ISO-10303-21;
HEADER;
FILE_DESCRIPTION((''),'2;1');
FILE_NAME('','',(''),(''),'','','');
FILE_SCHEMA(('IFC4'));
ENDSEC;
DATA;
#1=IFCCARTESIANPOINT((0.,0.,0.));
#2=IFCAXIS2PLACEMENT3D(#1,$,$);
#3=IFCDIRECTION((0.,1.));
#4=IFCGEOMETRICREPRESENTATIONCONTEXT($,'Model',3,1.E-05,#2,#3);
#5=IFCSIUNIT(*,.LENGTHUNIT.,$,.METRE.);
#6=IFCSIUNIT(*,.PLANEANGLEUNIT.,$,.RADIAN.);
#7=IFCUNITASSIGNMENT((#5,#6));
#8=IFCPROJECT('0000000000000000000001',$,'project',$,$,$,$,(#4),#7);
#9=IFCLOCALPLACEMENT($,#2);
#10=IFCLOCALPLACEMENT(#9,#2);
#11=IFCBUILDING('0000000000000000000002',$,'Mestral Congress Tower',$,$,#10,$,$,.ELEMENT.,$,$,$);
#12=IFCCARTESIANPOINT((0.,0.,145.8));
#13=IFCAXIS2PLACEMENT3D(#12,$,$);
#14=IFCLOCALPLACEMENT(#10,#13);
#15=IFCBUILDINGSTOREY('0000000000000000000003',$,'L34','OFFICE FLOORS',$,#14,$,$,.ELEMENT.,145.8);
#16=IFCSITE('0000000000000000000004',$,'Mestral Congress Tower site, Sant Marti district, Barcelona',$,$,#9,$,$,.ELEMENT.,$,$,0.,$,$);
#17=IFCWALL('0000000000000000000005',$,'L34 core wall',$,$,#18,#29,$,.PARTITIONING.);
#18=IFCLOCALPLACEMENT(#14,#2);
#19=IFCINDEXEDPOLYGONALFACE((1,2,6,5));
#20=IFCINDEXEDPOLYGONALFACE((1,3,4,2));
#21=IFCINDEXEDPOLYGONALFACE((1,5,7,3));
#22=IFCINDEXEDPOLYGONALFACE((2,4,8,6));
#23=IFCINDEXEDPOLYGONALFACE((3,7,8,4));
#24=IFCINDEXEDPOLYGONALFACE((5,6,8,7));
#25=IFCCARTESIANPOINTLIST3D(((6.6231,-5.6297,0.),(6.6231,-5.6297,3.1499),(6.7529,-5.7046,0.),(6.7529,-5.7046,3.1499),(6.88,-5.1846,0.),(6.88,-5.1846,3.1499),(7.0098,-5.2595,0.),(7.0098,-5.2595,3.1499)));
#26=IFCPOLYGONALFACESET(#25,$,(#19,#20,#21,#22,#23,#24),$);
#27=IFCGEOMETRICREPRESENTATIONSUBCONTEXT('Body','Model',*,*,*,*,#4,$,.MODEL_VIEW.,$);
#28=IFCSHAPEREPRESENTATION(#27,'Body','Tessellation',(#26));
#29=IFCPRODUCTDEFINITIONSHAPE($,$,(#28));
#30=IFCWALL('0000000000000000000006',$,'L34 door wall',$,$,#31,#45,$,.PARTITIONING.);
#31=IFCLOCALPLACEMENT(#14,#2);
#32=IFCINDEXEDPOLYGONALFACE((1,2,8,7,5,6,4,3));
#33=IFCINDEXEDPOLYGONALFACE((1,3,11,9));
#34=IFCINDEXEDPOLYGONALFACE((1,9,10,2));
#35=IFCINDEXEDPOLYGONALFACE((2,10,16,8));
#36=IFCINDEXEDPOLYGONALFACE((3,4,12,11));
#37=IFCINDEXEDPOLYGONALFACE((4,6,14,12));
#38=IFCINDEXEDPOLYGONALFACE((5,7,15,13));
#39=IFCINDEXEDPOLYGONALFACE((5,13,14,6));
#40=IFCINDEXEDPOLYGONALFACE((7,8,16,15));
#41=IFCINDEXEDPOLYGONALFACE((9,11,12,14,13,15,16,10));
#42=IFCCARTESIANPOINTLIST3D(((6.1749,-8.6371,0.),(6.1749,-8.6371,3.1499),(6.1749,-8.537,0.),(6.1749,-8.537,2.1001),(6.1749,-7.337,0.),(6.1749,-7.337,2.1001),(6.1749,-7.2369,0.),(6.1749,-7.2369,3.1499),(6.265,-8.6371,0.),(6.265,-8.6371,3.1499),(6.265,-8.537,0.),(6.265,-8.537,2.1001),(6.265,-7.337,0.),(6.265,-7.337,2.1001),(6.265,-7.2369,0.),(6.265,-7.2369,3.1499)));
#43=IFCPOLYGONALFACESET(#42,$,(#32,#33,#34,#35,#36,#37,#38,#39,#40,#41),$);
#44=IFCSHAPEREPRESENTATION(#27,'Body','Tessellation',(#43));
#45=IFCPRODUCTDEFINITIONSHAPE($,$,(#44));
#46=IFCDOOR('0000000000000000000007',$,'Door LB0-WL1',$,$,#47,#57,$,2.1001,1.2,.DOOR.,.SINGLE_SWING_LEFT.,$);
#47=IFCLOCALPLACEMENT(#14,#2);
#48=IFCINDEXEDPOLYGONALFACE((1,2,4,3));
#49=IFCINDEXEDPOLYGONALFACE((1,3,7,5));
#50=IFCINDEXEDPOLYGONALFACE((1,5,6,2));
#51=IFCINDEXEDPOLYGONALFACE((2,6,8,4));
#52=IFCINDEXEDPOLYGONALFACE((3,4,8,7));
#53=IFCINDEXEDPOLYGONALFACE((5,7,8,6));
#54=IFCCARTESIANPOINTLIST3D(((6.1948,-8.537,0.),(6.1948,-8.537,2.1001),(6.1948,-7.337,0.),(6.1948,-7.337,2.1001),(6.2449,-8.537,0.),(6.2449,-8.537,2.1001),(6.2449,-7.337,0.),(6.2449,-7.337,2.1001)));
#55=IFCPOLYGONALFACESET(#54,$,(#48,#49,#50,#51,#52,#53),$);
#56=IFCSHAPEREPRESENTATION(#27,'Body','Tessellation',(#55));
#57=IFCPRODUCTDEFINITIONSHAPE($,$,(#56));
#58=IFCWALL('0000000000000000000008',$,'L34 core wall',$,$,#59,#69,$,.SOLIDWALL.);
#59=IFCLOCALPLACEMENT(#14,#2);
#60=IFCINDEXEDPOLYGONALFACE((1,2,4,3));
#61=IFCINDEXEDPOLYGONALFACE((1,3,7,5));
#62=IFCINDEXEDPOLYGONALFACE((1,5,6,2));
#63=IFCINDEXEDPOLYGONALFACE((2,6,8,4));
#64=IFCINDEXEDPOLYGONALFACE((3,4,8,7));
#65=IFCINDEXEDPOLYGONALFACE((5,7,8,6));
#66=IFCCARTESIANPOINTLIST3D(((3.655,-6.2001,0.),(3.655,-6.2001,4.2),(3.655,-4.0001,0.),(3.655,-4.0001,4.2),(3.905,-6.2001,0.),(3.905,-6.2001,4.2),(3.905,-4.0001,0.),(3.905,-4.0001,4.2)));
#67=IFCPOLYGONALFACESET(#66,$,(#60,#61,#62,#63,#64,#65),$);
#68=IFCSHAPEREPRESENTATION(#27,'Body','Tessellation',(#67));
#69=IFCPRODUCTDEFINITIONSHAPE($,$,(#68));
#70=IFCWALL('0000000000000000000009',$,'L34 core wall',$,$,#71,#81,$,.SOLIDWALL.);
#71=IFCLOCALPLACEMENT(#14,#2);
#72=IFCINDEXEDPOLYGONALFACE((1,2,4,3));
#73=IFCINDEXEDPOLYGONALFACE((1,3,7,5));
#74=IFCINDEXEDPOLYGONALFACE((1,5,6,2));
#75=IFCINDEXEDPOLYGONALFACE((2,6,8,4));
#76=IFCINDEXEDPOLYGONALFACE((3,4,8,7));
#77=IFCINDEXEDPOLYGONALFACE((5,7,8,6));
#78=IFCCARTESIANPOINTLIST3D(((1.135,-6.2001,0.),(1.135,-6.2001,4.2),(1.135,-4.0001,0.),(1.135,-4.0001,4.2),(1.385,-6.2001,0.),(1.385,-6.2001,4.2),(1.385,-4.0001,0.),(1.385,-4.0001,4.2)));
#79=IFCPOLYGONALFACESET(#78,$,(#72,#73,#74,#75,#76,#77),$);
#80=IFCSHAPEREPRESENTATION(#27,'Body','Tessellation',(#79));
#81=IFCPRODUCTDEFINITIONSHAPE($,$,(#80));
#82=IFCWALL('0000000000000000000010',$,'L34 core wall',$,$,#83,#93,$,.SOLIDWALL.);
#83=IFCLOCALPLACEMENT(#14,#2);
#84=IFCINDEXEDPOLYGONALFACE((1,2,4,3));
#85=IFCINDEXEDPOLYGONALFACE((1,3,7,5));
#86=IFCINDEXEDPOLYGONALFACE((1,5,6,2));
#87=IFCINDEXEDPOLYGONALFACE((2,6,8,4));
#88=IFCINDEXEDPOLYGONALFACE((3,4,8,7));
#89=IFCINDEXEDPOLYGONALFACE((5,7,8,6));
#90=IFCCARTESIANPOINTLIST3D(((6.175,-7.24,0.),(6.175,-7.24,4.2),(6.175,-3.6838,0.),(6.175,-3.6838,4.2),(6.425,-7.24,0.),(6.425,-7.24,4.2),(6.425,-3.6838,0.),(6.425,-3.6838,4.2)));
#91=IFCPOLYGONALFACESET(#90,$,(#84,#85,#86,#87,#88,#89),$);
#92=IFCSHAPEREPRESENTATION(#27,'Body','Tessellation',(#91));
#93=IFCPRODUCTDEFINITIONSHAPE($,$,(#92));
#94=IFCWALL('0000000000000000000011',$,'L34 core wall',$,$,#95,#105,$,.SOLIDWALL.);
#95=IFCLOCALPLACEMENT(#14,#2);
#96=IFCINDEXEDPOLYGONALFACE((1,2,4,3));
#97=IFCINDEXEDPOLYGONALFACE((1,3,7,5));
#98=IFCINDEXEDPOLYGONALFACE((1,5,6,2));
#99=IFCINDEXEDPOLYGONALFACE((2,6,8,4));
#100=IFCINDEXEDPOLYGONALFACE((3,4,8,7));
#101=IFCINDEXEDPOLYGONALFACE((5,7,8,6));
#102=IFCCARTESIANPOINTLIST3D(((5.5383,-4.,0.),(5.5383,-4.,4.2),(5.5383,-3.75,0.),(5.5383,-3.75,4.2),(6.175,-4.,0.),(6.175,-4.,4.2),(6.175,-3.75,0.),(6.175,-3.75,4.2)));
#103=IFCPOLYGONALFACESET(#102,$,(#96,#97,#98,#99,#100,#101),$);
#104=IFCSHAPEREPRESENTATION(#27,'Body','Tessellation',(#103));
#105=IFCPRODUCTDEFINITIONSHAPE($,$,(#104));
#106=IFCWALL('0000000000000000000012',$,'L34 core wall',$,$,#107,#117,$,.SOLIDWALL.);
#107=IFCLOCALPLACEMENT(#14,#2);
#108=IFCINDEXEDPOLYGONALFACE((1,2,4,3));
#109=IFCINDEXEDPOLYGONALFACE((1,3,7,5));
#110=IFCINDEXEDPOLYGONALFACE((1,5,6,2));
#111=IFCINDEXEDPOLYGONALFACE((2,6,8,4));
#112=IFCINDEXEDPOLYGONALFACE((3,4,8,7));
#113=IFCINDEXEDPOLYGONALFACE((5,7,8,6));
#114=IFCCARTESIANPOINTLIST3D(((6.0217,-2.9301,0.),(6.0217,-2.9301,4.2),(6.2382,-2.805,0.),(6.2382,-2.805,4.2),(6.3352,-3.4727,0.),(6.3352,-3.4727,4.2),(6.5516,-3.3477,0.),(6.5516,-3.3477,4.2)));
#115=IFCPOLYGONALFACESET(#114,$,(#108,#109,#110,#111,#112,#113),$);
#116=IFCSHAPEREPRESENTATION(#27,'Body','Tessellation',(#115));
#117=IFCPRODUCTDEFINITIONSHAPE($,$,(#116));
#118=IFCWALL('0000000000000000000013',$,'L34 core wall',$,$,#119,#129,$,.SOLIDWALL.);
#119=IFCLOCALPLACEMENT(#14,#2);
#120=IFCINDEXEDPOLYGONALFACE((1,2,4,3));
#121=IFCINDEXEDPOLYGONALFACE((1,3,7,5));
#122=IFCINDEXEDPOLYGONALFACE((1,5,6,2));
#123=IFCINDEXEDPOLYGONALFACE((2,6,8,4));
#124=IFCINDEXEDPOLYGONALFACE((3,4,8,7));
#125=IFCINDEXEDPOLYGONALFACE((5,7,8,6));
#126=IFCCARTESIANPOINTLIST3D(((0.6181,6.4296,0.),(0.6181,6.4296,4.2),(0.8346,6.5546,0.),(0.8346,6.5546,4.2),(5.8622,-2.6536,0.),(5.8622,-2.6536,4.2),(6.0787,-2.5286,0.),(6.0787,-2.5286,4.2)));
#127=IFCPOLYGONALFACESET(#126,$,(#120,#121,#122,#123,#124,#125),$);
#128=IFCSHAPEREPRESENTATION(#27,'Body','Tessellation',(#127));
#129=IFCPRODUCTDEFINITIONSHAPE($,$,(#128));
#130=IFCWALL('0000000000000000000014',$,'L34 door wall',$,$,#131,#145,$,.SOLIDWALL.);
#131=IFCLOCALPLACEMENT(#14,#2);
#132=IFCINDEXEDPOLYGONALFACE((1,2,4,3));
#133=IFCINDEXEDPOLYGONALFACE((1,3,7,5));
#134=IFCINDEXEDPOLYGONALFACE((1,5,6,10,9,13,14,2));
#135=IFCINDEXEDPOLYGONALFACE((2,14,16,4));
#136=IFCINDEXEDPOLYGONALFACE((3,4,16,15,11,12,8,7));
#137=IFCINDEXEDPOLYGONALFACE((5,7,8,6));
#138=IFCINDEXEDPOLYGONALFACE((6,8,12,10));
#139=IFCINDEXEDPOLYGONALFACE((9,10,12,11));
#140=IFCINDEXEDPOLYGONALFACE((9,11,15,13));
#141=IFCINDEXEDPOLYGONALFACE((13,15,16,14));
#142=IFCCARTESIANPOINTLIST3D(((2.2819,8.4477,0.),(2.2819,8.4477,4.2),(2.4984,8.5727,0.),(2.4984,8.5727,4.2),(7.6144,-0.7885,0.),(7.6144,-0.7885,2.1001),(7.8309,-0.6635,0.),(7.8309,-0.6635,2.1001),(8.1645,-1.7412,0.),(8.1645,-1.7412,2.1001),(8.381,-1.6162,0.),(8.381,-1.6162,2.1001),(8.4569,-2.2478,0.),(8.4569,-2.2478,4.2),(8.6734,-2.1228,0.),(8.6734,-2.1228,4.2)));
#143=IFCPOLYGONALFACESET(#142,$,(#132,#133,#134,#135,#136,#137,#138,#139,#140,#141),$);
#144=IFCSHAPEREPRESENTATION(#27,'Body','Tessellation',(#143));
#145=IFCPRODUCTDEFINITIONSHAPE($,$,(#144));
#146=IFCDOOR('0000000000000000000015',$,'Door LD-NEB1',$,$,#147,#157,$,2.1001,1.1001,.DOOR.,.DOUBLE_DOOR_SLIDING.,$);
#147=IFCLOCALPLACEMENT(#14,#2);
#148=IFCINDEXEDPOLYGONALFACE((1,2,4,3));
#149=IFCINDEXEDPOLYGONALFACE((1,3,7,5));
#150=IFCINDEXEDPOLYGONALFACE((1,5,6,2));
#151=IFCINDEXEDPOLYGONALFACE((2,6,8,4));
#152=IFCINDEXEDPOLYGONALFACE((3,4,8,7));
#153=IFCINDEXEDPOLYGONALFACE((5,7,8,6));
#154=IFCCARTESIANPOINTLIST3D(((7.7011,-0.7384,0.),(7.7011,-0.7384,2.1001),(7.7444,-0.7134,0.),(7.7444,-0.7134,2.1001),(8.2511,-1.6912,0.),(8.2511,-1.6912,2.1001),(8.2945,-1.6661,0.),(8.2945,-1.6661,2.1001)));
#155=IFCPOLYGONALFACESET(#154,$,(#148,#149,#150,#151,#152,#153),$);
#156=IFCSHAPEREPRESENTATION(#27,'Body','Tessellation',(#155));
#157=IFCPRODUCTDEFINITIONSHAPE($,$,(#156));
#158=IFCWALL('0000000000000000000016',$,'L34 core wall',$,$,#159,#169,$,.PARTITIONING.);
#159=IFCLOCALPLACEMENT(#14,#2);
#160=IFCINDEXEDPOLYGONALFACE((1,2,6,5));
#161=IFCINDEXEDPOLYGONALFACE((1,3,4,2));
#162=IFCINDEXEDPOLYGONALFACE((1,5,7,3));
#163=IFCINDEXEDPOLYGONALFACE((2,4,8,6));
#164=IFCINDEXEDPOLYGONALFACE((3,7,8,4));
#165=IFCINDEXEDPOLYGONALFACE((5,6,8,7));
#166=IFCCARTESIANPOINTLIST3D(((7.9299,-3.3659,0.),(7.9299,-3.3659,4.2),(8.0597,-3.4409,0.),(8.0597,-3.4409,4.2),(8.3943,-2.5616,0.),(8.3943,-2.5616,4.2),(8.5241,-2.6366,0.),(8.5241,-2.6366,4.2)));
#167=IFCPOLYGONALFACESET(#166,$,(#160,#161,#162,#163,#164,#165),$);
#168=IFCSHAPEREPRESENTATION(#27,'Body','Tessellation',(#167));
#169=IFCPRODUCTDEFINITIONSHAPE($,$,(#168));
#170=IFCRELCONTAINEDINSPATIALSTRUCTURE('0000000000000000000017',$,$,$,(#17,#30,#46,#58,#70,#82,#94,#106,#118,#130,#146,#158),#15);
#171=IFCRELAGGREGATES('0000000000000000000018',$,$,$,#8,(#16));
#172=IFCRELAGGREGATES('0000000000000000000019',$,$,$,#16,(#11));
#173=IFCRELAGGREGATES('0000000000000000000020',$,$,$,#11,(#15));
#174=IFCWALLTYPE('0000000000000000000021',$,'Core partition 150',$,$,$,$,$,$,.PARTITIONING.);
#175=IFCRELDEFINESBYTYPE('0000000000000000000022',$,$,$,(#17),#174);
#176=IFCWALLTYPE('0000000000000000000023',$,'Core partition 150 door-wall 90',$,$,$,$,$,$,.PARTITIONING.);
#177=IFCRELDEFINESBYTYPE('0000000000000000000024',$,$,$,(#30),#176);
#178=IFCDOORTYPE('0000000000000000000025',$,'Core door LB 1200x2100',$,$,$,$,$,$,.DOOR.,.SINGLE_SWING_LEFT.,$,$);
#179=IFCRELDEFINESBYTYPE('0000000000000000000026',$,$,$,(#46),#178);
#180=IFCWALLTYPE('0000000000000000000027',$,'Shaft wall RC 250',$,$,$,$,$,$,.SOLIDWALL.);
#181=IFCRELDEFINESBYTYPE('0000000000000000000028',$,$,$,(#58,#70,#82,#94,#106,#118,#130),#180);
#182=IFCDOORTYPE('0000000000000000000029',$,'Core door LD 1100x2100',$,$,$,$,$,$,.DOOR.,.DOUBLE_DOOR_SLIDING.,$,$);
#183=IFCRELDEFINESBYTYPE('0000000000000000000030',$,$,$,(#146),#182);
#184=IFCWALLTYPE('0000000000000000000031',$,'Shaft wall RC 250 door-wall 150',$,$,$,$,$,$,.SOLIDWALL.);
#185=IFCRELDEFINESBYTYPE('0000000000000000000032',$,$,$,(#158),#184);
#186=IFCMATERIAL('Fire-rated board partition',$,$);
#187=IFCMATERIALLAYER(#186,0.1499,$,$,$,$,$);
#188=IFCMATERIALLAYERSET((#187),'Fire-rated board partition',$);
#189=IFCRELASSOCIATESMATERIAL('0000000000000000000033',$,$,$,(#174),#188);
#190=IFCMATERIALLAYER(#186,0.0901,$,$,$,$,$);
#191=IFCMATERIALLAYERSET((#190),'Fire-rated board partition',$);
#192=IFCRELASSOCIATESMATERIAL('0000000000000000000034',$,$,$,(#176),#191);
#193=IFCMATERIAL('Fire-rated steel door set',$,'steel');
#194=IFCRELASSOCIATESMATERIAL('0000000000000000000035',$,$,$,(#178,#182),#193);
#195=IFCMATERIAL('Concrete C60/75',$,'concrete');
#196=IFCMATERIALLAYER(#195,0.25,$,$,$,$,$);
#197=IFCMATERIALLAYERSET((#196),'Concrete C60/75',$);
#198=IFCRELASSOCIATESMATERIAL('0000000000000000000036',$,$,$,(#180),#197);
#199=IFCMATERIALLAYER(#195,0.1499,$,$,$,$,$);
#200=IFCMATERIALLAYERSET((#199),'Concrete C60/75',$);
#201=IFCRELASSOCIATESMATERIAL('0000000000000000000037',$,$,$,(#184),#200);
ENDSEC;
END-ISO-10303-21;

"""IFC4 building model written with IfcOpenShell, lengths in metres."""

from ifc_helpers import new_model, si_unit, direction, frame, frame_2d, origin, place, context, subcontext, project, spatial, rectangle, extrude, material, layer, layer_set, type_object, element, fill, save


model = new_model("IFC4")

# Units and contexts
model_context = context("Model", 3, precision=1e-05, world=origin(), true_north=direction((0.0, 1.0)))
body_context = subcontext(model_context, "Body", "Model", "MODEL_VIEW")
ifc_project = project(units=[si_unit("LENGTHUNIT", "METRE"), si_unit("PLANEANGLEUNIT", "RADIAN")], contexts=[model_context])

# Site, building, storey
site_placement = place(None, origin())
site = spatial("IfcSite", under=ifc_project, at=site_placement, Name="Mestral Congress Tower site, Sant Marti district, Barcelona", CompositionType="ELEMENT", RefElevation=0.0)
building_placement = place(site_placement, origin())
building = spatial("IfcBuilding", under=site, at=building_placement, Name="Mestral Congress Tower", CompositionType="ELEMENT")
storey_placement = place(building_placement, frame((0.0, 0.0, 145.8)))
storey = spatial("IfcBuildingStorey", under=building, at=storey_placement, Name="L34", Description="OFFICE FLOORS", CompositionType="ELEMENT", Elevation=145.8)

# Wall
ifc_material_1 = material(Name="Fire-rated board partition")
ifc_layer_1 = layer(ifc_material_1, 0.1499)
ifc_layer_set_1 = layer_set([ifc_layer_1], Name="Fire-rated board partition")
wall_type_1 = type_object("IfcWallType", Name="Core partition 150", PredefinedType="PARTITIONING", material=ifc_layer_set_1)
wall_1_placement = place(storey_placement, frame((6.9448, -5.2222, 0.0), z_axis=(0.0, 0.0, 1.0), x_axis=(-0.499818, -0.86613, 0.0)))
element("IfcWall", 1, at=wall_1_placement, inside=storey, type_object=wall_type_1, Name="L34 core wall", PredefinedType="PARTITIONING", context=body_context, shape_type="SweptSolid", body=[
    extrude(rectangle(XDim=0.5139, YDim=0.1499, at=frame_2d((0.2568, 0.0))), origin(), (0.0, 0.0, 1.0), 3.1499),
])

# Wall, opening, door
ifc_layer_2 = layer(ifc_material_1, 0.0901)
ifc_layer_set_2 = layer_set([ifc_layer_2], Name="Fire-rated board partition")
wall_type_2 = type_object("IfcWallType", Name="Core partition 150 door-wall 90", PredefinedType="PARTITIONING", material=ifc_layer_set_2)
wall_2_placement = place(storey_placement, frame((6.22, -7.2368, 0.0), z_axis=(0.0, 0.0, 1.0), x_axis=(0.0, -1.0, 0.0)))
wall_2 = element("IfcWall", 2, at=wall_2_placement, inside=storey, type_object=wall_type_2, Name="L34 door wall", PredefinedType="PARTITIONING", context=body_context, shape_type="SweptSolid", body=[
    extrude(rectangle(XDim=1.4001, YDim=0.0901, at=frame_2d((0.7002, 0.0))), origin(), (0.0, 0.0, 1.0), 3.1499),
])
opening_1_placement = place(wall_2_placement, frame((0.1001, 0.0, 0.0)))
opening_1 = element("IfcOpeningElement", 3, at=opening_1_placement, cuts=wall_2, PredefinedType="OPENING", context=body_context, shape_type="SweptSolid", body=[
    extrude(rectangle(XDim=1.2, YDim=2.1001, at=frame_2d((0.6001, 1.05))), frame((0.0, 0.0549, 0.0), z_axis=(0.0, -1.0, 0.0), x_axis=(1.0, 0.0, 0.0)), (0.0, 0.0, 1.0), 0.1101),
])
ifc_material_2 = material(Name="Fire-rated steel door set", Category="steel")
door_type_1 = type_object("IfcDoorType", Name="Core door LB 1200x2100", OperationType="SINGLE_SWING_LEFT", PredefinedType="DOOR", material=ifc_material_2)
door_1_placement = place(opening_1_placement, origin())
door_1 = element("IfcDoor", 4, at=door_1_placement, inside=storey, type_object=door_type_1, Name="Door LB0-WL1", OperationType="SINGLE_SWING_LEFT", OverallHeight=2.1001, OverallWidth=1.2, PredefinedType="DOOR", context=body_context, shape_type="SweptSolid", body=[
    extrude(rectangle(XDim=1.2, YDim=2.1001, at=frame_2d((0.6001, 1.05))), frame((0.0, 0.0249, 0.0), z_axis=(0.0, -1.0, 0.0), x_axis=(1.0, 0.0, 0.0)), (0.0, 0.0, 1.0), 0.05),
])
fill(opening_1, door_1)

# Walls
ifc_material_3 = material(Name="Concrete C60/75", Category="concrete")
ifc_layer_3 = layer(ifc_material_3, 0.25)
ifc_layer_set_3 = layer_set([ifc_layer_3], Name="Concrete C60/75")
wall_type_3 = type_object("IfcWallType", Name="Shaft wall RC 250", PredefinedType="SOLIDWALL", material=ifc_layer_set_3)
for number, where, z_axis, x_axis, name in (
    (5, (3.78, -4.0, 0.0), (0.0, 0.0, 1.0), (0.0, -1.0, 0.0), "L34 core wall"),
    (6, (1.26, -4.0, 0.0), (0.0, 0.0, 1.0), (0.0, -1.0, 0.0), "L34 core wall"),
):
    element("IfcWall", number, at=place(storey_placement, frame(where, z_axis=z_axis, x_axis=x_axis)), inside=storey, type_object=wall_type_3, Name=name, PredefinedType="SOLIDWALL", context=body_context, shape_type="SweptSolid", body=[
        extrude(rectangle(XDim=2.2, YDim=0.25, at=frame_2d((1.1001, 0.0))), origin(), (0.0, 0.0, 1.0), 4.2),
    ])
wall_3_placement = place(storey_placement, frame((6.3, -7.24, 0.0), z_axis=(0.0, 0.0, 1.0), x_axis=(0.0, 1.0, 0.0)))
element("IfcWall", 7, at=wall_3_placement, inside=storey, type_object=wall_type_3, Name="L34 core wall", PredefinedType="SOLIDWALL", context=body_context, shape_type="SweptSolid", body=[
    extrude(rectangle(XDim=3.5562, YDim=0.25, at=frame_2d((1.7781, 0.0))), origin(), (0.0, 0.0, 1.0), 4.2),
])
wall_4_placement = place(storey_placement, frame((5.5383, -3.875, 0.0), z_axis=(0.0, 0.0, 1.0), x_axis=(1.0, 0.0, 0.0)))
element("IfcWall", 8, at=wall_4_placement, inside=storey, type_object=wall_type_3, Name="L34 core wall", PredefinedType="SOLIDWALL", context=body_context, shape_type="SweptSolid", body=[
    extrude(rectangle(XDim=0.6367, YDim=0.25, at=frame_2d((0.3184, 0.0))), origin(), (0.0, 0.0, 1.0), 4.2),
])
wall_5_placement = place(storey_placement, frame((6.1299, -2.8674, 0.0), z_axis=(0.0, 0.0, 1.0), x_axis=(0.500161, -0.865933, 0.0)))
element("IfcWall", 9, at=wall_5_placement, inside=storey, type_object=wall_type_3, Name="L34 core wall", PredefinedType="SOLIDWALL", context=body_context, shape_type="SweptSolid", body=[
    extrude(rectangle(XDim=0.6267, YDim=0.25, at=frame_2d((0.3135, 0.0))), origin(), (0.0, 0.0, 1.0), 4.2),
])
wall_6_placement = place(storey_placement, frame((5.9705, -2.5911, 0.0), z_axis=(0.0, 0.0, 1.0), x_axis=(-0.499994, 0.866029, 0.0)))
element("IfcWall", 10, at=wall_6_placement, inside=storey, type_object=wall_type_3, Name="L34 core wall", PredefinedType="SOLIDWALL", context=body_context, shape_type="SweptSolid", body=[
    extrude(rectangle(XDim=10.4883, YDim=0.25, at=frame_2d((5.2441, 0.0))), origin(), (0.0, 0.0, 1.0), 4.2),
])

# Wall, opening, door
wall_7_placement = place(storey_placement, frame((8.5652, -2.1853, 0.0), z_axis=(0.0, 0.0, 1.0), x_axis=(-0.499998, 0.866027, 0.0)))
wall_7 = element("IfcWall", 11, at=wall_7_placement, inside=storey, type_object=wall_type_3, Name="L34 door wall", PredefinedType="SOLIDWALL", context=body_context, shape_type="SweptSolid", body=[
    extrude(rectangle(XDim=12.3501, YDim=0.25, at=frame_2d((6.175, 0.0))), origin(), (0.0, 0.0, 1.0), 4.2),
])
opening_2_placement = place(wall_7_placement, frame((0.585, 0.0, 0.0)))
opening_2 = element("IfcOpeningElement", 12, at=opening_2_placement, cuts=wall_7, PredefinedType="OPENING", context=body_context, shape_type="SweptSolid", body=[
    extrude(rectangle(XDim=1.1001, YDim=2.1001, at=frame_2d((0.55, 1.05))), frame((0.0, 0.135, 0.0), z_axis=(0.0, -1.0, 0.0), x_axis=(1.0, 0.0, 0.0)), (0.0, 0.0, 1.0), 0.27),
])
door_type_2 = type_object("IfcDoorType", Name="Core door LD 1100x2100", OperationType="DOUBLE_DOOR_SLIDING", PredefinedType="DOOR", material=ifc_material_2)
door_2_placement = place(opening_2_placement, origin())
door_2 = element("IfcDoor", 13, at=door_2_placement, inside=storey, type_object=door_type_2, Name="Door LD-NEB1", OperationType="DOUBLE_DOOR_SLIDING", OverallHeight=2.1001, OverallWidth=1.1001, PredefinedType="DOOR", context=body_context, shape_type="SweptSolid", body=[
    extrude(rectangle(XDim=1.1001, YDim=2.1001, at=frame_2d((0.55, 1.05))), frame((0.0, 0.0249, 0.0), z_axis=(0.0, -1.0, 0.0), x_axis=(1.0, 0.0, 0.0)), (0.0, 0.0, 1.0), 0.05),
])
fill(opening_2, door_2)

# Wall
ifc_layer_4 = layer(ifc_material_3, 0.1499)
ifc_layer_set_4 = layer_set([ifc_layer_4], Name="Concrete C60/75")
wall_type_4 = type_object("IfcWallType", Name="Shaft wall RC 250 door-wall 150", PredefinedType="SOLIDWALL", material=ifc_layer_set_4)
wall_8_placement = place(storey_placement, frame((8.4592, -2.5991, 0.0), z_axis=(0.0, 0.0, 1.0), x_axis=(-0.500041, -0.866002, 0.0)))
element("IfcWall", 14, at=wall_8_placement, inside=storey, type_object=wall_type_4, Name="L34 core wall", PredefinedType="PARTITIONING", context=body_context, shape_type="SweptSolid", body=[
    extrude(rectangle(XDim=0.9287, YDim=0.1499, at=frame_2d((0.4644, 0.0))), origin(), (0.0, 0.0, 1.0), 4.2),
])

save(model, "model.ifc")
